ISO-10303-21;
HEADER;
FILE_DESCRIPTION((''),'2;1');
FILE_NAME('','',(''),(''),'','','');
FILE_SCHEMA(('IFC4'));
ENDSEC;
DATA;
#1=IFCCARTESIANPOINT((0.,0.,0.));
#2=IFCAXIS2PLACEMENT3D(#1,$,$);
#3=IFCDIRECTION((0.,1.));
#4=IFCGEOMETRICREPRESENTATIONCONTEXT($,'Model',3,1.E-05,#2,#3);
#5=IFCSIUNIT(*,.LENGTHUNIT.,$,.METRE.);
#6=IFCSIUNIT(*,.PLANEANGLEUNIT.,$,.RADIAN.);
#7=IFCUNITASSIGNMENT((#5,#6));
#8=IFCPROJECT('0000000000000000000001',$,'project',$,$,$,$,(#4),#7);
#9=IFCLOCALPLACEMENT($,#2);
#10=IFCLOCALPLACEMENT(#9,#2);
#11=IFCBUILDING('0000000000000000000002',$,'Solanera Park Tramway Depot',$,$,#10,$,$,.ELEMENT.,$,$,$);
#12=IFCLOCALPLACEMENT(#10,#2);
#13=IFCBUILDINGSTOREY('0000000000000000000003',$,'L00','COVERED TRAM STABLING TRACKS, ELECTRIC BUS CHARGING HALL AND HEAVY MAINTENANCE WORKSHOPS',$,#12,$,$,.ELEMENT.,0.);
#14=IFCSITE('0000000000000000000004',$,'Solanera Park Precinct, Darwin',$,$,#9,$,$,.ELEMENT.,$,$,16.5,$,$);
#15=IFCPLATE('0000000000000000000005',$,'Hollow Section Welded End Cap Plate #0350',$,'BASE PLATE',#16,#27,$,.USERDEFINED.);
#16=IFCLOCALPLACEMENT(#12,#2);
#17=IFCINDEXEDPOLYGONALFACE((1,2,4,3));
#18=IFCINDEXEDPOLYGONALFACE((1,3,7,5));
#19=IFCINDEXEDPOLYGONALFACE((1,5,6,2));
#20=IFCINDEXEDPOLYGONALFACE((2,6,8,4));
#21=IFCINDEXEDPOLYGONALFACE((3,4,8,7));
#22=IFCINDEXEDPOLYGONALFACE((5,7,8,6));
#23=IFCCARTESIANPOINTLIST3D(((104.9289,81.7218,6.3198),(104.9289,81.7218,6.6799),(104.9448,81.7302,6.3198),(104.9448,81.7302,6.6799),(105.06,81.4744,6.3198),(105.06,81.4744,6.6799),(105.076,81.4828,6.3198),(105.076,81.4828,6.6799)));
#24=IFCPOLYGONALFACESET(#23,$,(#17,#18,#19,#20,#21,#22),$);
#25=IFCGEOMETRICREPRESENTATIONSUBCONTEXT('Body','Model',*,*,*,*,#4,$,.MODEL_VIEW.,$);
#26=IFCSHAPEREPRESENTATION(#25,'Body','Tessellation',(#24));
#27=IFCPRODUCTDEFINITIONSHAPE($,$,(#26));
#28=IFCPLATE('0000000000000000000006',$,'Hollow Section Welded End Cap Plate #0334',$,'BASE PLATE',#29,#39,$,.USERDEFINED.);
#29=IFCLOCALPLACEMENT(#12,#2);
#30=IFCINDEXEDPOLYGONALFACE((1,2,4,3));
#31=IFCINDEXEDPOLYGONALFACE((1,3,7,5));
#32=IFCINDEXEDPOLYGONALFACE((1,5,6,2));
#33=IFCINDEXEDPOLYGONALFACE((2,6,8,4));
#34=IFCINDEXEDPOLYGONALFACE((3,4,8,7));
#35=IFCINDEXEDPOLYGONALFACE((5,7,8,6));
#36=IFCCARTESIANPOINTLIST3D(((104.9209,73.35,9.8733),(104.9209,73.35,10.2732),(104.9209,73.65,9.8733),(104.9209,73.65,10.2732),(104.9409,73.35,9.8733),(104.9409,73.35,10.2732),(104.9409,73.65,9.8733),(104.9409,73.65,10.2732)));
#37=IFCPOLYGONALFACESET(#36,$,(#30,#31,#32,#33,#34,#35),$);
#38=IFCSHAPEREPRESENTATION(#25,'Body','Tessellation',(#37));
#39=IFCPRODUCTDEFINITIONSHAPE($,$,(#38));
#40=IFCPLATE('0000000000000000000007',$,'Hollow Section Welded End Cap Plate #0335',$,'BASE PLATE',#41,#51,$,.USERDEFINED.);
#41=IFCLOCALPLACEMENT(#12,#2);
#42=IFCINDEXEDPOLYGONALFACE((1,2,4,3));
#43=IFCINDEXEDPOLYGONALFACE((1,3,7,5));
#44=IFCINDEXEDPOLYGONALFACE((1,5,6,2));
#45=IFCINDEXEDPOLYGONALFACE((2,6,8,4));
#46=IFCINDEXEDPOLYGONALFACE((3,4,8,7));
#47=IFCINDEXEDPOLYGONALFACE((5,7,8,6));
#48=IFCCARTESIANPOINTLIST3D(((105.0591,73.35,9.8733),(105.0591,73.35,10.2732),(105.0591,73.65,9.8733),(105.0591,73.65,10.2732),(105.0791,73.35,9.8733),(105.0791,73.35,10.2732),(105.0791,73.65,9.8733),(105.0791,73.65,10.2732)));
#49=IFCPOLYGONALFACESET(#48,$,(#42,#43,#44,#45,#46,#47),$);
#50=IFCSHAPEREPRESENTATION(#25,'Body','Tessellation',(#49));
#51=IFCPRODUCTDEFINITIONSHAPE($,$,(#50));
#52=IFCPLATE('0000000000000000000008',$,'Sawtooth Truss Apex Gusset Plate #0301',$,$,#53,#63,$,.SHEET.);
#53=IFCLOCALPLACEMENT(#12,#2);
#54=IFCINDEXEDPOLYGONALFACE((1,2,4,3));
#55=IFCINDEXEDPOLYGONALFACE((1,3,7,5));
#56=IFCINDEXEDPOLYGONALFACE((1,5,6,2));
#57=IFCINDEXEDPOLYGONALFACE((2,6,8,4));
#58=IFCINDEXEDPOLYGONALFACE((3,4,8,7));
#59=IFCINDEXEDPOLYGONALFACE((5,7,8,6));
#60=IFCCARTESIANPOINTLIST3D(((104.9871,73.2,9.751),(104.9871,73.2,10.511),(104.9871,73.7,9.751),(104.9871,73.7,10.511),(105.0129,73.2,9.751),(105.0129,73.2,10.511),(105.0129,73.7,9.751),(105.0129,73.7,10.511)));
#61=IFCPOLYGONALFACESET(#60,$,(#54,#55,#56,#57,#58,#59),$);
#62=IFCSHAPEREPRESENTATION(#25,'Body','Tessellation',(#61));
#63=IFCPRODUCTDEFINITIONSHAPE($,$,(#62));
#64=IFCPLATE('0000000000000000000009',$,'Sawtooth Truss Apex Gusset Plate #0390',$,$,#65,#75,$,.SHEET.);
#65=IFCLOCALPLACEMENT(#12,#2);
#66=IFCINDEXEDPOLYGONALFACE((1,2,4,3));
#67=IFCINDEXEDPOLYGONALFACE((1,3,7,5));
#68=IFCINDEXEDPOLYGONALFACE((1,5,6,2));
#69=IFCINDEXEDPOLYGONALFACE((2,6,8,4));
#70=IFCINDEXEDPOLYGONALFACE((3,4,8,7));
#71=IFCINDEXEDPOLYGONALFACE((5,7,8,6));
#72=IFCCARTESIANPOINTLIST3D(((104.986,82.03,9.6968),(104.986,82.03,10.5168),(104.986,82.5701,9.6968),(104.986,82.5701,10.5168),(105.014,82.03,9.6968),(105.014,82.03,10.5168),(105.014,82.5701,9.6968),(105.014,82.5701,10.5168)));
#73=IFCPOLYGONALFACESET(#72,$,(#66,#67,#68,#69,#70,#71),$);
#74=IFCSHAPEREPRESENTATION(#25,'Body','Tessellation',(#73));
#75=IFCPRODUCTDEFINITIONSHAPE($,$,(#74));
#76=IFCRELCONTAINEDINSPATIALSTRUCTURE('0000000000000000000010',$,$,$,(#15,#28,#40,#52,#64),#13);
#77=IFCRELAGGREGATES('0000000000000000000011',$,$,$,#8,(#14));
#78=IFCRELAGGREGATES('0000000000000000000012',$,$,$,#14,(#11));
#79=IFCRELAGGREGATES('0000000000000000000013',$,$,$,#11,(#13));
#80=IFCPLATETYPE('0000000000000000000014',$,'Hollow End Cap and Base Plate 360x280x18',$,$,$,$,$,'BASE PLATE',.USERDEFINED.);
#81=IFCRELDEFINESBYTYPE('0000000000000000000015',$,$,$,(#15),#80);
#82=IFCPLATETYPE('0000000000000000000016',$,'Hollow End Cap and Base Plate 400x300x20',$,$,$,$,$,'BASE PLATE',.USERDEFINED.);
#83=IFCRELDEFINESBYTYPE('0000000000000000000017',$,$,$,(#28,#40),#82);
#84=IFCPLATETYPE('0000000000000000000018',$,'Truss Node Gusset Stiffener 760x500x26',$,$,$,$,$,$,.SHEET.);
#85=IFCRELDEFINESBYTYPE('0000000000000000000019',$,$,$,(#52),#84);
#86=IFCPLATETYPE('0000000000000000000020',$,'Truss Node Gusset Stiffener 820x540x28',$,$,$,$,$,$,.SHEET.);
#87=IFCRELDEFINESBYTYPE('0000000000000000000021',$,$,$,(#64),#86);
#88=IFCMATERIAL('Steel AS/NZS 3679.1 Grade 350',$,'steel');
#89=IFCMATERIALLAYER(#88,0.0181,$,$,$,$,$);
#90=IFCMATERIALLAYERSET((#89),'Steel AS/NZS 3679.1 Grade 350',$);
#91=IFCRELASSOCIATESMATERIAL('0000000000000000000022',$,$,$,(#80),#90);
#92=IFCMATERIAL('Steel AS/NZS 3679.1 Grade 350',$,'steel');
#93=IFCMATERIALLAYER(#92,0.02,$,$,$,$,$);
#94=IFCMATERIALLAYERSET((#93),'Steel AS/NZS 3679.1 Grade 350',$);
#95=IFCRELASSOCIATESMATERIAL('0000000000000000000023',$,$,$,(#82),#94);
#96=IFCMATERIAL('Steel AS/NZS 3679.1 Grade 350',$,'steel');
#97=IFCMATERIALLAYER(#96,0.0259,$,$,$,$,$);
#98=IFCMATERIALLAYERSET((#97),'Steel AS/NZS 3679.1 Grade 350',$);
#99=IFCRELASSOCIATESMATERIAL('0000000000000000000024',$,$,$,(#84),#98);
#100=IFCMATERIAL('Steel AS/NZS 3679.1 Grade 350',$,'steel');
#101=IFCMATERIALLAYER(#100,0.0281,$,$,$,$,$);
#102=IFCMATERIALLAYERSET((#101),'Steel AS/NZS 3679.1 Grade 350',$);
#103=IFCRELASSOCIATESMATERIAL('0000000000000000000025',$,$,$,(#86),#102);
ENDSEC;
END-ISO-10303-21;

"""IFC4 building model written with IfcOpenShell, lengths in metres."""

from ifc_helpers import new_model, si_unit, direction, frame, origin, origin_2d, place, context, subcontext, project, spatial, rectangle, extrude, material, layer, layer_set, type_object, element, save


model = new_model("IFC4")

# Units and contexts
model_context = context("Model", 3, precision=1e-05, world=origin(), true_north=direction((0.0, 1.0)))
body_context = subcontext(model_context, "Body", "Model", "MODEL_VIEW")
ifc_project = project(units=[si_unit("LENGTHUNIT", "METRE"), si_unit("PLANEANGLEUNIT", "RADIAN")], contexts=[model_context])

# Site, building, storey
site_placement = place(None, origin())
site = spatial("IfcSite", under=ifc_project, at=site_placement, Name="Solanera Park Precinct, Darwin", CompositionType="ELEMENT", RefElevation=16.5)
building_placement = place(site_placement, origin())
building = spatial("IfcBuilding", under=site, at=building_placement, Name="Solanera Park Tramway Depot", CompositionType="ELEMENT")
storey_placement = place(building_placement, origin())
storey = spatial("IfcBuildingStorey", under=building, at=storey_placement, Name="L00", Description="COVERED TRAM STABLING TRACKS, ELECTRIC BUS CHARGING HALL AND HEAVY MAINTENANCE WORKSHOPS", CompositionType="ELEMENT", Elevation=0.0)

# Plates
ifc_material_1 = material(Name="Steel AS/NZS 3679.1 Grade 350", Category="steel")
ifc_layer_1 = layer(ifc_material_1, 0.0181)
ifc_layer_set_1 = layer_set([ifc_layer_1], Name="Steel AS/NZS 3679.1 Grade 350")
plate_type_1 = type_object("IfcPlateType", Name="Hollow End Cap and Base Plate 360x280x18", ElementType="BASE PLATE", PredefinedType="USERDEFINED", material=ifc_layer_set_1)
plate_1_placement = place(storey_placement, frame((105.0024, 81.6023, 6.3198), z_axis=(0.0, 0.0, 1.0), x_axis=(0.883521, 0.468392, 0.0)))
element("IfcPlate", 1, at=plate_1_placement, inside=storey, type_object=plate_type_1, Name="Hollow Section Welded End Cap Plate #0350", ObjectType="BASE PLATE", PredefinedType="USERDEFINED", context=body_context, shape_type="SweptSolid", body=[
    extrude(rectangle(XDim=0.0181, YDim=0.28, at=origin_2d()), origin(), (0.0, 0.0, 1.0), 0.3601),
])
ifc_material_2 = material(Name="Steel AS/NZS 3679.1 Grade 350", Category="steel")
ifc_layer_2 = layer(ifc_material_2, 0.02)
ifc_layer_set_2 = layer_set([ifc_layer_2], Name="Steel AS/NZS 3679.1 Grade 350")
plate_type_2 = type_object("IfcPlateType", Name="Hollow End Cap and Base Plate 400x300x20", ElementType="BASE PLATE", PredefinedType="USERDEFINED", material=ifc_layer_set_2)
for number, where, z_axis, x_axis, name in (
    (2, (104.9309, 73.5, 9.8733), (0.0, 0.0, 1.0), (1.0, 0.0, 0.0), "Hollow Section Welded End Cap Plate #0334"),
    (3, (105.0691, 73.5, 9.8733), (0.0, 0.0, 1.0), (1.0, 0.0, 0.0), "Hollow Section Welded End Cap Plate #0335"),
):
    element("IfcPlate", number, at=place(storey_placement, frame(where, z_axis=z_axis, x_axis=x_axis)), inside=storey, type_object=plate_type_2, Name=name, ObjectType="BASE PLATE", PredefinedType="USERDEFINED", context=body_context, shape_type="SweptSolid", body=[
        extrude(rectangle(XDim=0.02, YDim=0.3, at=origin_2d()), origin(), (0.0, 0.0, 1.0), 0.3999),
    ])
ifc_material_3 = material(Name="Steel AS/NZS 3679.1 Grade 350", Category="steel")
ifc_layer_3 = layer(ifc_material_3, 0.0259)
ifc_layer_set_3 = layer_set([ifc_layer_3], Name="Steel AS/NZS 3679.1 Grade 350")
plate_type_3 = type_object("IfcPlateType", Name="Truss Node Gusset Stiffener 760x500x26", PredefinedType="SHEET", material=ifc_layer_set_3)
plate_2_placement = place(storey_placement, frame((105.0, 73.45, 9.751), z_axis=(0.0, 0.0, 1.0), x_axis=(1.0, 0.0, 0.0)))
element("IfcPlate", 4, at=plate_2_placement, inside=storey, type_object=plate_type_3, Name="Sawtooth Truss Apex Gusset Plate #0301", PredefinedType="SHEET", context=body_context, shape_type="SweptSolid", body=[
    extrude(rectangle(XDim=0.0259, YDim=0.5, at=origin_2d()), origin(), (0.0, 0.0, 1.0), 0.76),
])
ifc_material_4 = material(Name="Steel AS/NZS 3679.1 Grade 350", Category="steel")
ifc_layer_4 = layer(ifc_material_4, 0.0281)
ifc_layer_set_4 = layer_set([ifc_layer_4], Name="Steel AS/NZS 3679.1 Grade 350")
plate_type_4 = type_object("IfcPlateType", Name="Truss Node Gusset Stiffener 820x540x28", PredefinedType="SHEET", material=ifc_layer_set_4)
plate_3_placement = place(storey_placement, frame((105.0, 82.3, 9.6968), z_axis=(0.0, 0.0, 1.0), x_axis=(1.0, 0.0, 0.0)))
element("IfcPlate", 5, at=plate_3_placement, inside=storey, type_object=plate_type_4, Name="Sawtooth Truss Apex Gusset Plate #0390", PredefinedType="SHEET", context=body_context, shape_type="SweptSolid", body=[
    extrude(rectangle(XDim=0.0281, YDim=0.54, at=origin_2d()), origin(), (0.0, 0.0, 1.0), 0.8201),
])

save(model, "model.ifc")
